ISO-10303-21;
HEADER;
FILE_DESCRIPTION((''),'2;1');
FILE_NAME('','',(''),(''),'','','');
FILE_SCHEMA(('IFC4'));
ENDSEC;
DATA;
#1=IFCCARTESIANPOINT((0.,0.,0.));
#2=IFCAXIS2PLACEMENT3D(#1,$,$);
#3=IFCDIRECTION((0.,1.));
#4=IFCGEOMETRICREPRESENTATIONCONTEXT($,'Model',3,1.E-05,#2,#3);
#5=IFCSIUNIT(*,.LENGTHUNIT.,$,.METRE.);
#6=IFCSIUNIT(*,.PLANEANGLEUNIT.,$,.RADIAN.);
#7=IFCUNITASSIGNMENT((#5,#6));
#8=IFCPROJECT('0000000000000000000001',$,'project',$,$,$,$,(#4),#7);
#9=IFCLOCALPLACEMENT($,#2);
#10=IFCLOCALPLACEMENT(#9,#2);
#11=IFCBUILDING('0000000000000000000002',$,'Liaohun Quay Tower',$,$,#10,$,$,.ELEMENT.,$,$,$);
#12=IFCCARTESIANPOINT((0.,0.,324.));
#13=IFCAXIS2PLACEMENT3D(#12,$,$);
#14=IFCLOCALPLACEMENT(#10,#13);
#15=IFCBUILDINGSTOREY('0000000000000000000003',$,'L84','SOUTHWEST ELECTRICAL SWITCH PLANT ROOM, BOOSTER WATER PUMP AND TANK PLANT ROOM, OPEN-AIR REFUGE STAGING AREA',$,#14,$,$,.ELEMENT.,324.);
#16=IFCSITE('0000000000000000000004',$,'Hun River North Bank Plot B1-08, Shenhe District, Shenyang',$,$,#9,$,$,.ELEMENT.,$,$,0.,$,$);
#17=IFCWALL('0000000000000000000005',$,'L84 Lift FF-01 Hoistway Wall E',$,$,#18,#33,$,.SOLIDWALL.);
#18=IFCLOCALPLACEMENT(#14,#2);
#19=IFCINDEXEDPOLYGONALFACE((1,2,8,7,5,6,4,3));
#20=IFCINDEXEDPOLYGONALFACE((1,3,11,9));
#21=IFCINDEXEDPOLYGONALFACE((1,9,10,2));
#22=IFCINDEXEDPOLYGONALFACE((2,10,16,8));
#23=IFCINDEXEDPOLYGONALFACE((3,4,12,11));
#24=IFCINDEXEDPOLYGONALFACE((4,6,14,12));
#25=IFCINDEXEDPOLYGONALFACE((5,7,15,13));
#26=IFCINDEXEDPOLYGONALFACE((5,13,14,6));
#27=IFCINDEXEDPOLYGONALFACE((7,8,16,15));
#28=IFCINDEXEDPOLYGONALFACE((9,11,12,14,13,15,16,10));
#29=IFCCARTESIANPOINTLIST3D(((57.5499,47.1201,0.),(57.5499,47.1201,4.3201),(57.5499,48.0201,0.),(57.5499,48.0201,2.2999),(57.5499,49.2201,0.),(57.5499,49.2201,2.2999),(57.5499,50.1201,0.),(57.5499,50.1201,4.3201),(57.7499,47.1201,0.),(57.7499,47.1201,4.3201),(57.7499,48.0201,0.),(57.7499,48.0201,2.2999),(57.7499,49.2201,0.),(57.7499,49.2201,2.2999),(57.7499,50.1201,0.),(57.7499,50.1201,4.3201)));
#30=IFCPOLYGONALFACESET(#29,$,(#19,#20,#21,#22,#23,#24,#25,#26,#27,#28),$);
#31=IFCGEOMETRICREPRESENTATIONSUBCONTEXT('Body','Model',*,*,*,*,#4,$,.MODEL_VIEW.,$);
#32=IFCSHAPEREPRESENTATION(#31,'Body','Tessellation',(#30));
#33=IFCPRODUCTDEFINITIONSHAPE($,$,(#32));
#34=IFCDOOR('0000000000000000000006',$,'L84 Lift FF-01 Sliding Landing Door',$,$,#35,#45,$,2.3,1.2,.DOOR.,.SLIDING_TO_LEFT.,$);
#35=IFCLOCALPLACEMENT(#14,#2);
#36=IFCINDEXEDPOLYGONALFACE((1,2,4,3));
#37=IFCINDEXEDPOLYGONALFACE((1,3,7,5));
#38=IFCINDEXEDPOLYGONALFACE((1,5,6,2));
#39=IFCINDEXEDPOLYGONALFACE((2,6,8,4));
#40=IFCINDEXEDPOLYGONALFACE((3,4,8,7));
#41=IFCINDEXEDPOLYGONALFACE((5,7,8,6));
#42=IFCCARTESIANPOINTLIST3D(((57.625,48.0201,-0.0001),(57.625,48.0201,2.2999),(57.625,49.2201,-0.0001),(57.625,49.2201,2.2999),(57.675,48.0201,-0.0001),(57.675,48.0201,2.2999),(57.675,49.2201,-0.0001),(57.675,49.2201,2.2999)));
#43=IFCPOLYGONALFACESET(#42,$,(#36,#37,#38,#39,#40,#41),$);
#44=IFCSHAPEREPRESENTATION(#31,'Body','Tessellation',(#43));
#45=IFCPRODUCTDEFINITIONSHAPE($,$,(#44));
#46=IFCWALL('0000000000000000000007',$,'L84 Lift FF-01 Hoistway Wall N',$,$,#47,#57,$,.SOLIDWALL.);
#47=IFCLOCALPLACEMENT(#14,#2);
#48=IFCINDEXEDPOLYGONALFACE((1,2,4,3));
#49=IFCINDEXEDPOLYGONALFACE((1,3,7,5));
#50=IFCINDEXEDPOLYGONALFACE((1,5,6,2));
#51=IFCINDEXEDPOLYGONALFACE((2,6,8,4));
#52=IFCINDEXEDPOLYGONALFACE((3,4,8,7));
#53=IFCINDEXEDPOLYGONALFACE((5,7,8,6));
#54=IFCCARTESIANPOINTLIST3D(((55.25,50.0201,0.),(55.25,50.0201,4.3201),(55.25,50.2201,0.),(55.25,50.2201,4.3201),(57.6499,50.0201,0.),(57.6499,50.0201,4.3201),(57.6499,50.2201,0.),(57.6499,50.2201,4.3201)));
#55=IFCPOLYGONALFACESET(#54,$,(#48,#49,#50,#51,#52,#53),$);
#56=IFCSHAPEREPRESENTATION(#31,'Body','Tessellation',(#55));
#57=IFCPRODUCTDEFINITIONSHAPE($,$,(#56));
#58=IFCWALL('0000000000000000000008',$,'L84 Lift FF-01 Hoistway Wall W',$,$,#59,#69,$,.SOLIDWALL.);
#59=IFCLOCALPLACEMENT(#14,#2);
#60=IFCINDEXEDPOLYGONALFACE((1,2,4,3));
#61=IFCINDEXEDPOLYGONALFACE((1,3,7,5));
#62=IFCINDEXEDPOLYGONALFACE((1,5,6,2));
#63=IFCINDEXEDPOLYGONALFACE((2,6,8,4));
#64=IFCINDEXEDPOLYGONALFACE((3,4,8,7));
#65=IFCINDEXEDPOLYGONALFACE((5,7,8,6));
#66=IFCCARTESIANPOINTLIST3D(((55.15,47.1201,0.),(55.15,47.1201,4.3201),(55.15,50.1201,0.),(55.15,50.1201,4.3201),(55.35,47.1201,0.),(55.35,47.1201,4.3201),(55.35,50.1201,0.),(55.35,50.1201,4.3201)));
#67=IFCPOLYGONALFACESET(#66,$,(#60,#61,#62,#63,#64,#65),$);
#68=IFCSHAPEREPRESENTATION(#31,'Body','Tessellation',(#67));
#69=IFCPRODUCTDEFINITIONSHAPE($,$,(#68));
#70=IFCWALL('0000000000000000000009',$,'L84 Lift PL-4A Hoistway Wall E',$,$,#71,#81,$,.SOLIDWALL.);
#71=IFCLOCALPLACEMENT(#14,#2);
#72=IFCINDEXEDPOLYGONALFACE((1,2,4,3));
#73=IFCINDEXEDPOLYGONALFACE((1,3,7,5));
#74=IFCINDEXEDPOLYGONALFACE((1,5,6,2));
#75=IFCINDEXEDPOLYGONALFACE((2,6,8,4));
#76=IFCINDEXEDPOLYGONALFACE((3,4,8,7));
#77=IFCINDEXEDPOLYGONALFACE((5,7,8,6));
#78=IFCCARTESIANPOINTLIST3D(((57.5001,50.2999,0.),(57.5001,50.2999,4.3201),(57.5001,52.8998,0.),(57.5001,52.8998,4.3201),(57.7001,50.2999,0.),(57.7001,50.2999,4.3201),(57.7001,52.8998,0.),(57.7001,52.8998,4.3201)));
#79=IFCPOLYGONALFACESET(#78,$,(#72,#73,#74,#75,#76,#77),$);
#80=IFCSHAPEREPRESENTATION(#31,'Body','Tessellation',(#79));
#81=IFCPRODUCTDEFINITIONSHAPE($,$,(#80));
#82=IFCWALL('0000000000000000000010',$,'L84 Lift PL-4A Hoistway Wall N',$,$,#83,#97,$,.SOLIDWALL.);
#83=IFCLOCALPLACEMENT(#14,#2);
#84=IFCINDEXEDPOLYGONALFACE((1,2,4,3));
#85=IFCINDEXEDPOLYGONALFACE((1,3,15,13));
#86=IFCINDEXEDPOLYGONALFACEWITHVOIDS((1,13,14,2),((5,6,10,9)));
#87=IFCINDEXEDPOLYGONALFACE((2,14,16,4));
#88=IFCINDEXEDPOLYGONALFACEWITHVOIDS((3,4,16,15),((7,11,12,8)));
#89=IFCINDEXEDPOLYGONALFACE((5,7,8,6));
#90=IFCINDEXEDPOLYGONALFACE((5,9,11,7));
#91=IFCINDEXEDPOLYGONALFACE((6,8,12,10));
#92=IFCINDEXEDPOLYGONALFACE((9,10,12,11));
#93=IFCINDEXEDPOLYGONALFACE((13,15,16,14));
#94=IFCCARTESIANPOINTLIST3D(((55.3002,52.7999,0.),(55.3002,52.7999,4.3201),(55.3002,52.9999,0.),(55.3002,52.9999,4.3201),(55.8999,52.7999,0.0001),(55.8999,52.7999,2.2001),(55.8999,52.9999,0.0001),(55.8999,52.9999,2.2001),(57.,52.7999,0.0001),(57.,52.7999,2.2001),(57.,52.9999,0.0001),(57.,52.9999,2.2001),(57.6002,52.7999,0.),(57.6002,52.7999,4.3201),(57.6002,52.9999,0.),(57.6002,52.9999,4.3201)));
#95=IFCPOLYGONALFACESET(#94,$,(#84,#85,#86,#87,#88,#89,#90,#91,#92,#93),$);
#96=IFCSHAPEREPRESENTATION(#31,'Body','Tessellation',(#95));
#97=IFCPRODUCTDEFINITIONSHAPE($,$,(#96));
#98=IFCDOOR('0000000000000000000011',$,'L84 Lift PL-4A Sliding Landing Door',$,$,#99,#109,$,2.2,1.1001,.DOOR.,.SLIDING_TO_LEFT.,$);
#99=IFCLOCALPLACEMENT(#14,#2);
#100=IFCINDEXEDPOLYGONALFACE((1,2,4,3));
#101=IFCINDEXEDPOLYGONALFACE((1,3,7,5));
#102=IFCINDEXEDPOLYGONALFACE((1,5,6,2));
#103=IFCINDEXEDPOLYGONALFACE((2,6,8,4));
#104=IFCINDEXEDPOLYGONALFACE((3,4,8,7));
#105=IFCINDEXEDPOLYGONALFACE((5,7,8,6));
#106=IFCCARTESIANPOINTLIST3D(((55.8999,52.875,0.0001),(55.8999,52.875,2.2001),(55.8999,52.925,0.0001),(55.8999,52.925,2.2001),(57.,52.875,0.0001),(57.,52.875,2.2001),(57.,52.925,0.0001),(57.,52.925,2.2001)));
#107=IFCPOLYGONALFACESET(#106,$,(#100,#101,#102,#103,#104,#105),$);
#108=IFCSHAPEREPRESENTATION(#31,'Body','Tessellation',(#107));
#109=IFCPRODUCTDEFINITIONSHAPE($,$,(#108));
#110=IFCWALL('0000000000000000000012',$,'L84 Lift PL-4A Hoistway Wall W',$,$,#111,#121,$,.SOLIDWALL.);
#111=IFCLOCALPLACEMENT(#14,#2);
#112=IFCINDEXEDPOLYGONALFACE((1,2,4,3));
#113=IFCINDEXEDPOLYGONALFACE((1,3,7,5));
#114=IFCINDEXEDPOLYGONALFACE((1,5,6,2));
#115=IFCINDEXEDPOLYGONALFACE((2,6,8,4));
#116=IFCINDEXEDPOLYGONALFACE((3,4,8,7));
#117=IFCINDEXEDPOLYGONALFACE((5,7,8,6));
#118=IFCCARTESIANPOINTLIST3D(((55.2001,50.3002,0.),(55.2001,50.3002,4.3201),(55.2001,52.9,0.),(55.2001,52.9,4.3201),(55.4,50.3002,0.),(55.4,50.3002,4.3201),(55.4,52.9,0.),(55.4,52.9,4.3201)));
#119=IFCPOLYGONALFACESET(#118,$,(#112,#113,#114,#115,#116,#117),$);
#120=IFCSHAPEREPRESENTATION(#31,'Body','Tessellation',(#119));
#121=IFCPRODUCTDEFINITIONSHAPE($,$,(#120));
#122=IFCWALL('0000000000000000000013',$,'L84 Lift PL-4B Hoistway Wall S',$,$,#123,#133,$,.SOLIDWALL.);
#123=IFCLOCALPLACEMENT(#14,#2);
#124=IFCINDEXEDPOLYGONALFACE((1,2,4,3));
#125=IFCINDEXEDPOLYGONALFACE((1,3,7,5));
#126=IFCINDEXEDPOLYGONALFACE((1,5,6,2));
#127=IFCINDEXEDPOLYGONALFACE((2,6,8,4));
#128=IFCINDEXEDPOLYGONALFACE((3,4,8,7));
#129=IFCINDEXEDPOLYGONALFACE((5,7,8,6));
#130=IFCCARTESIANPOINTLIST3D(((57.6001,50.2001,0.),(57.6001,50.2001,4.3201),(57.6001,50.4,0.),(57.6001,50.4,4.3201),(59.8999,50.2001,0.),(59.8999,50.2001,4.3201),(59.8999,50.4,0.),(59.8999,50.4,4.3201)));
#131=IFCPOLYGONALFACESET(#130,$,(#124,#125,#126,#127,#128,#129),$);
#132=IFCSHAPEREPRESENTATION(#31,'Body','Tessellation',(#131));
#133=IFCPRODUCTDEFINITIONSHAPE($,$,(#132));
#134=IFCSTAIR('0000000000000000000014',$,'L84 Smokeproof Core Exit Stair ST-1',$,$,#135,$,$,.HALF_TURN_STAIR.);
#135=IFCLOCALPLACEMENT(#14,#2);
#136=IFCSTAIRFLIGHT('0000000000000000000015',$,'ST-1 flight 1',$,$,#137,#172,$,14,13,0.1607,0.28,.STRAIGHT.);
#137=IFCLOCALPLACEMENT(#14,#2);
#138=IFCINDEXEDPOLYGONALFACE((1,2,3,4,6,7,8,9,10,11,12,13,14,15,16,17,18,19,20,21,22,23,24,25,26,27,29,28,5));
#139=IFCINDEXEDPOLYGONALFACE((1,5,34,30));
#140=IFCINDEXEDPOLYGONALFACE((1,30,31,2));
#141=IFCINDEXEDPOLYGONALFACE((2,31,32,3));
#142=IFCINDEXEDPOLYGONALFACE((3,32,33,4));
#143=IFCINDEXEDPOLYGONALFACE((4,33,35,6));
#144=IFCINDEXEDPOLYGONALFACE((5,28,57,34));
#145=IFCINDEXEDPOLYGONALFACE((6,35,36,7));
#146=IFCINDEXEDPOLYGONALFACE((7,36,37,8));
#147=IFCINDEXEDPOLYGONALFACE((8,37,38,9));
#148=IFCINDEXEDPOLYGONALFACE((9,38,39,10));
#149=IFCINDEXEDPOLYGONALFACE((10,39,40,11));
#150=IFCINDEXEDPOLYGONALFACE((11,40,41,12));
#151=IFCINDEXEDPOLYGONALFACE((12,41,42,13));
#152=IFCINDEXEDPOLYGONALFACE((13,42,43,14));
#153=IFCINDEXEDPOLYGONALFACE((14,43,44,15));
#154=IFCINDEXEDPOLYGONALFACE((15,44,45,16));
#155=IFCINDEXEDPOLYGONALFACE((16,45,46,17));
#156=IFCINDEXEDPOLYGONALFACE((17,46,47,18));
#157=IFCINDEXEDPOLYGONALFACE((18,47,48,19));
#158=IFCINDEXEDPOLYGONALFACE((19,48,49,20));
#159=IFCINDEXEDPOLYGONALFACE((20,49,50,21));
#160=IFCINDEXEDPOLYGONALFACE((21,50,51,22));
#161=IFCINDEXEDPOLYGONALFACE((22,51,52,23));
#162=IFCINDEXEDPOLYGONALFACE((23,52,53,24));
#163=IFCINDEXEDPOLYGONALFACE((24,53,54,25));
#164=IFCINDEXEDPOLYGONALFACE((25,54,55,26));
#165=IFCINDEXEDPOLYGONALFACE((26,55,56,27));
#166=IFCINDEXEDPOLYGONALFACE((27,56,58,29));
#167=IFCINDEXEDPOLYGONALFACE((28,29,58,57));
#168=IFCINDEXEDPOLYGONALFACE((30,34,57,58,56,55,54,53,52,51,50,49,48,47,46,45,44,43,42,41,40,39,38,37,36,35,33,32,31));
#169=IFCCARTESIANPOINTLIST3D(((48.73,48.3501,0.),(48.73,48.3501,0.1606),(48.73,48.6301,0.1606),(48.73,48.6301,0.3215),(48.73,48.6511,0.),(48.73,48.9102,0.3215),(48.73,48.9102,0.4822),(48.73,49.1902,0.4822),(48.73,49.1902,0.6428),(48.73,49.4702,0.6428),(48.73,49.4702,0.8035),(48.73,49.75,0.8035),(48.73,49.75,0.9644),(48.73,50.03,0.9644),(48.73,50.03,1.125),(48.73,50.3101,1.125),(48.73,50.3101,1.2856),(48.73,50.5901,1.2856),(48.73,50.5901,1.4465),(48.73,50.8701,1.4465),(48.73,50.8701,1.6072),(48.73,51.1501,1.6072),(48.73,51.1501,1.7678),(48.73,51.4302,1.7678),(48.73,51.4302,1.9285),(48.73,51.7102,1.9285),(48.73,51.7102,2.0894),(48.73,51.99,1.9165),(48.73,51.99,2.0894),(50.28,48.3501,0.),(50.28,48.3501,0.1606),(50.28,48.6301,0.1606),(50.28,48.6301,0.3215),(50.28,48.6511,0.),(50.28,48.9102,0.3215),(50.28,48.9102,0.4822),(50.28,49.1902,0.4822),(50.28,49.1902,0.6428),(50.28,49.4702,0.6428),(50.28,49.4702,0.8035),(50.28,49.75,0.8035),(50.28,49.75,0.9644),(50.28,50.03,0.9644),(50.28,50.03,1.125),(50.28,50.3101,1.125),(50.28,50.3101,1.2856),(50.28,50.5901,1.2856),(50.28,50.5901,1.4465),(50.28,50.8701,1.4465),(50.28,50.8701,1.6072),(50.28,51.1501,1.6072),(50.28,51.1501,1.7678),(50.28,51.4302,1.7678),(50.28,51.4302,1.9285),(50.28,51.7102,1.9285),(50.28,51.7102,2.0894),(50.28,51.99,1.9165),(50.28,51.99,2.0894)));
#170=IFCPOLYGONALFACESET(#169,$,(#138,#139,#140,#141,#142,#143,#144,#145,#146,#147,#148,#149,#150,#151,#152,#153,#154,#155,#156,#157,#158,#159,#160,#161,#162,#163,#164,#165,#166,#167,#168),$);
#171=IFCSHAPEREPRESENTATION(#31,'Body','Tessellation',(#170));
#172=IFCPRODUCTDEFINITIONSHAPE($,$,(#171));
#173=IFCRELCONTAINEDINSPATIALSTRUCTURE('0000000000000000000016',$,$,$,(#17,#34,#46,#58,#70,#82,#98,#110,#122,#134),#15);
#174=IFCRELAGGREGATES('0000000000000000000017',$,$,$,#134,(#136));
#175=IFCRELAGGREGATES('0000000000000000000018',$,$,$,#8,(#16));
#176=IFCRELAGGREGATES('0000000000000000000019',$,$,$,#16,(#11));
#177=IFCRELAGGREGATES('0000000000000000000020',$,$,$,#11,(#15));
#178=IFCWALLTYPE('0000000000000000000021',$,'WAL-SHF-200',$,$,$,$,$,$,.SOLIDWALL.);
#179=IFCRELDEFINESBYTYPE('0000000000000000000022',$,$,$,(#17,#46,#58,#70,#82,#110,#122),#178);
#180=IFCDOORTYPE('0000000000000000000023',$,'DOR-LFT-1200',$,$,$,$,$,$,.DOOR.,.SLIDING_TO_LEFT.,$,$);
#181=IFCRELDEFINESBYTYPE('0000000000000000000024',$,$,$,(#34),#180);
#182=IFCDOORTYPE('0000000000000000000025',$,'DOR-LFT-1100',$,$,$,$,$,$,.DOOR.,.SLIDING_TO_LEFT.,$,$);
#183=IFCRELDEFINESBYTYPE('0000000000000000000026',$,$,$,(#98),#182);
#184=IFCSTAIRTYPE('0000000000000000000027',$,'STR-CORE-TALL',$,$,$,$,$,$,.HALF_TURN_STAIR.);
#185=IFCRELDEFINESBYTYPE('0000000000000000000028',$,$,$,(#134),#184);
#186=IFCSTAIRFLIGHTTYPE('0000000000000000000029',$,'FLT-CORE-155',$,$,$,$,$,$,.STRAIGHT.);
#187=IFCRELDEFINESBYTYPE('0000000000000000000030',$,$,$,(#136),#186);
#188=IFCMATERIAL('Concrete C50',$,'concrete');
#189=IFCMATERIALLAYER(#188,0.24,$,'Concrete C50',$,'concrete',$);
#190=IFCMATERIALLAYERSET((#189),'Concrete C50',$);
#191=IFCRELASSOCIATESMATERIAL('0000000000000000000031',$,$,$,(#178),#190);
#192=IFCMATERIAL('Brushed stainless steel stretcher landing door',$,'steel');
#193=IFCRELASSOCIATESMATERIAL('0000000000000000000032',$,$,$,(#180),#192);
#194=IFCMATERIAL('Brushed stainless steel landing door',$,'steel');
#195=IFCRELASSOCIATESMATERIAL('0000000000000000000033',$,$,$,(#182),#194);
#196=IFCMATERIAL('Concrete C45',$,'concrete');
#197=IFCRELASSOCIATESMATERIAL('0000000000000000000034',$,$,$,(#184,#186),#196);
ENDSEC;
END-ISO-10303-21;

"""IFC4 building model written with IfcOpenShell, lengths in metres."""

from ifc_helpers import new_model, si_unit, direction, frame, frame_2d, origin, place, context, subcontext, project, spatial, polyline, rectangle, outline, extrude, source, transform, mapped, material, layer, layer_set, type_object, element, fill, aggregate, save


model = new_model("IFC4")

# Units and contexts
model_context = context("Model", 3, precision=1e-05, world=origin(), true_north=direction((0.0, 1.0)))
body_context = subcontext(model_context, "Body", "Model", "MODEL_VIEW")
ifc_project = project(units=[si_unit("LENGTHUNIT", "METRE"), si_unit("PLANEANGLEUNIT", "RADIAN")], contexts=[model_context])

# Site, building, storey
site_placement = place(None, origin())
site = spatial("IfcSite", under=ifc_project, at=site_placement, Name="Hun River North Bank Plot B1-08, Shenhe District, Shenyang", CompositionType="ELEMENT", RefElevation=0.0)
building_placement = place(site_placement, origin())
building = spatial("IfcBuilding", under=site, at=building_placement, Name="Liaohun Quay Tower", CompositionType="ELEMENT")
storey_placement = place(building_placement, frame((0.0, 0.0, 324.0)))
storey = spatial("IfcBuildingStorey", under=building, at=storey_placement, Name="L84", Description="SOUTHWEST ELECTRICAL SWITCH PLANT ROOM, BOOSTER WATER PUMP AND TANK PLANT ROOM, OPEN-AIR REFUGE STAGING AREA", CompositionType="ELEMENT", Elevation=324.0)

# Shared definitions
ifc_material_1 = material(Name="Concrete C50", Category="concrete")

# Shared definitions
ifc_layer_1 = layer(ifc_material_1, 0.24, Name="Concrete C50", Category="concrete")
ifc_layer_set_1 = layer_set([ifc_layer_1], Name="Concrete C50")
wall_type_1 = type_object("IfcWallType", Name="WAL-SHF-200", PredefinedType="SOLIDWALL", material=ifc_layer_set_1)

# Wall, opening, door
wall_1_placement = place(storey_placement, frame((57.6499, 47.1201, 0.0), z_axis=(0.0, 0.0, 1.0), x_axis=(0.0, 1.0, 0.0)))
wall_1 = element("IfcWall", 1, at=wall_1_placement, inside=storey, type_object=wall_type_1, Name="L84 Lift FF-01 Hoistway Wall E", PredefinedType="SOLIDWALL", context=body_context, shape_type="SweptSolid", body=[
    extrude(rectangle(XDim=3.0, YDim=0.2, at=frame_2d((1.5, 0.0))), origin(), (0.0, 0.0, 1.0), 4.3201),
])
shared_shape_1 = source(origin(), body_context, "Body", "SweptSolid", [
    extrude(rectangle(XDim=1.2, YDim=2.3, at=frame_2d((0.6001, 1.1499))), frame((0.0, 0.1099, 0.0), z_axis=(0.0, -1.0, 0.0), x_axis=(1.0, 0.0, 0.0)), (0.0, 0.0, 1.0), 0.22),
])
opening_1_placement = place(wall_1_placement, frame((0.8999, 0.0, 0.0)))
opening_1 = element("IfcOpeningElement", 2, at=opening_1_placement, cuts=wall_1, PredefinedType="OPENING", context=body_context, shape_type="MappedRepresentation", body=[
    mapped(shared_shape_1, transform((0.0, 0.0, 0.0), x_axis=(1.0, 0.0, 0.0), y_axis=(0.0, 1.0, 0.0), z_axis=(0.0, 0.0, 1.0), scale=1.0)),
])
ifc_material_2 = material(Name="Brushed stainless steel stretcher landing door", Category="steel")
door_type_1 = type_object("IfcDoorType", Name="DOR-LFT-1200", OperationType="SLIDING_TO_LEFT", PredefinedType="DOOR", material=ifc_material_2)
shared_shape_2 = source(origin(), body_context, "Body", "SweptSolid", [
    extrude(rectangle(XDim=1.2, YDim=2.3, at=frame_2d((0.6001, 1.1499))), frame((0.0, 0.0249, 0.0), z_axis=(0.0, -1.0, 0.0), x_axis=(1.0, 0.0, 0.0)), (0.0, 0.0, 1.0), 0.05),
])
door_1_placement = place(opening_1_placement, origin())
door_1 = element("IfcDoor", 3, at=door_1_placement, inside=storey, type_object=door_type_1, Name="L84 Lift FF-01 Sliding Landing Door", OperationType="SLIDING_TO_LEFT", OverallHeight=2.3, OverallWidth=1.2, PredefinedType="DOOR", context=body_context, shape_type="MappedRepresentation", body=[
    mapped(shared_shape_2, transform((0.0, 0.0, 0.0), x_axis=(1.0, 0.0, 0.0), y_axis=(0.0, 1.0, 0.0), z_axis=(0.0, 0.0, 1.0), scale=1.0)),
])
fill(opening_1, door_1)

# Walls
wall_2_placement = place(storey_placement, frame((57.6499, 50.1201, 0.0), z_axis=(0.0, 0.0, 1.0), x_axis=(-1.0, 0.0, 0.0)))
element("IfcWall", 4, at=wall_2_placement, inside=storey, type_object=wall_type_1, Name="L84 Lift FF-01 Hoistway Wall N", PredefinedType="SOLIDWALL", context=body_context, shape_type="SweptSolid", body=[
    extrude(rectangle(XDim=2.3999, YDim=0.2, at=frame_2d((1.2, 0.0))), origin(), (0.0, 0.0, 1.0), 4.3201),
])
wall_3_placement = place(storey_placement, frame((55.25, 50.1201, 0.0), z_axis=(0.0, 0.0, 1.0), x_axis=(0.0, -1.0, 0.0)))
element("IfcWall", 5, at=wall_3_placement, inside=storey, type_object=wall_type_1, Name="L84 Lift FF-01 Hoistway Wall W", PredefinedType="SOLIDWALL", context=body_context, shape_type="SweptSolid", body=[
    extrude(rectangle(XDim=3.0, YDim=0.2, at=frame_2d((1.5, 0.0))), origin(), (0.0, 0.0, 1.0), 4.3201),
])
wall_4_placement = place(storey_placement, frame((57.6001, 50.3, 0.0), z_axis=(0.0, 0.0, 1.0), x_axis=(0.0, 1.0, 0.0)))
element("IfcWall", 6, at=wall_4_placement, inside=storey, type_object=wall_type_1, Name="L84 Lift PL-4A Hoistway Wall E", PredefinedType="SOLIDWALL", context=body_context, shape_type="SweptSolid", body=[
    extrude(rectangle(XDim=2.5999, YDim=0.2, at=frame_2d((1.2998, 0.0))), origin(), (0.0, 0.0, 1.0), 4.3201),
])

# Wall, opening, door
wall_5_placement = place(storey_placement, frame((57.6001, 52.8999, 0.0), z_axis=(0.0, 0.0, 1.0), x_axis=(-1.0, 0.0, 0.0)))
wall_5 = element("IfcWall", 7, at=wall_5_placement, inside=storey, type_object=wall_type_1, Name="L84 Lift PL-4A Hoistway Wall N", PredefinedType="SOLIDWALL", context=body_context, shape_type="SweptSolid", body=[
    extrude(rectangle(XDim=2.3, YDim=0.2, at=frame_2d((1.1499, 0.0))), origin(), (0.0, 0.0, 1.0), 4.3201),
])
shared_shape_3 = source(origin(), body_context, "Body", "SweptSolid", [
    extrude(rectangle(XDim=1.1001, YDim=2.2, at=frame_2d((0.55, 1.1001))), frame((0.0, 0.1099, 0.0), z_axis=(0.0, -1.0, 0.0), x_axis=(1.0, 0.0, 0.0)), (0.0, 0.0, 1.0), 0.22),
])
opening_2_placement = place(wall_5_placement, frame((0.6001, 0.0, 0.0)))
opening_2 = element("IfcOpeningElement", 8, at=opening_2_placement, cuts=wall_5, PredefinedType="OPENING", context=body_context, shape_type="MappedRepresentation", body=[
    mapped(shared_shape_3, transform((0.0, 0.0, 0.0), x_axis=(1.0, 0.0, 0.0), y_axis=(0.0, 1.0, 0.0), z_axis=(0.0, 0.0, 1.0), scale=1.0)),
])
ifc_material_3 = material(Name="Brushed stainless steel landing door", Category="steel")
door_type_2 = type_object("IfcDoorType", Name="DOR-LFT-1100", OperationType="SLIDING_TO_LEFT", PredefinedType="DOOR", material=ifc_material_3)
shared_shape_4 = source(origin(), body_context, "Body", "SweptSolid", [
    extrude(rectangle(XDim=1.1001, YDim=2.2, at=frame_2d((0.55, 1.1001))), frame((0.0, 0.0249, 0.0), z_axis=(0.0, -1.0, 0.0), x_axis=(1.0, 0.0, 0.0)), (0.0, 0.0, 1.0), 0.05),
])
door_2_placement = place(opening_2_placement, origin())
door_2 = element("IfcDoor", 9, at=door_2_placement, inside=storey, type_object=door_type_2, Name="L84 Lift PL-4A Sliding Landing Door", OperationType="SLIDING_TO_LEFT", OverallHeight=2.2, OverallWidth=1.1001, PredefinedType="DOOR", context=body_context, shape_type="MappedRepresentation", body=[
    mapped(shared_shape_4, transform((0.0, 0.0, 0.0), x_axis=(1.0, 0.0, 0.0), y_axis=(0.0, 1.0, 0.0), z_axis=(0.0, 0.0, 1.0), scale=1.0)),
])
fill(opening_2, door_2)

# Walls
wall_6_placement = place(storey_placement, frame((55.3, 52.8999, 0.0), z_axis=(0.0, 0.0, 1.0), x_axis=(0.0, -1.0, 0.0)))
element("IfcWall", 10, at=wall_6_placement, inside=storey, type_object=wall_type_1, Name="L84 Lift PL-4A Hoistway Wall W", PredefinedType="SOLIDWALL", context=body_context, shape_type="SweptSolid", body=[
    extrude(rectangle(XDim=2.5999, YDim=0.2, at=frame_2d((1.2998, 0.0))), origin(), (0.0, 0.0, 1.0), 4.3201),
])
wall_7_placement = place(storey_placement, frame((57.6001, 50.3, 0.0), z_axis=(0.0, 0.0, 1.0), x_axis=(1.0, 0.0, 0.0)))
element("IfcWall", 11, at=wall_7_placement, inside=storey, type_object=wall_type_1, Name="L84 Lift PL-4B Hoistway Wall S", PredefinedType="SOLIDWALL", context=body_context, shape_type="SweptSolid", body=[
    extrude(rectangle(XDim=2.2998, YDim=0.2, at=frame_2d((1.1499, 0.0))), origin(), (0.0, 0.0, 1.0), 4.3201),
])

# Stair, stair flight
ifc_material_4 = material(Name="Concrete C45", Category="concrete")
stair_type = type_object("IfcStairType", Name="STR-CORE-TALL", PredefinedType="HALF_TURN_STAIR", material=ifc_material_4)
stair_placement = place(storey_placement, origin())
stair = element("IfcStair", 12, at=stair_placement, inside=storey, type_object=stair_type, Name="L84 Smokeproof Core Exit Stair ST-1", PredefinedType="HALF_TURN_STAIR")
stair_flight_type = type_object("IfcStairFlightType", Name="FLT-CORE-155", PredefinedType="STRAIGHT", material=ifc_material_4)
stair_flight_placement = place(storey_placement, frame((49.5049, 48.3501, 0.0), z_axis=(0.0, 0.0, 1.0), x_axis=(0.0, 1.0, 0.0)))
stair_flight = element("IfcStairFlight", 13, at=stair_flight_placement, type_object=stair_flight_type, Name="ST-1 flight 1", NumberOfRisers=14, NumberOfTreads=13, PredefinedType="STRAIGHT", RiserHeight=0.1607, TreadLength=0.28, context=body_context, shape_type="SweptSolid", body=[
    extrude(outline(polyline([(0.0, 0.0), (0.0, 0.1606), (0.28, 0.1606), (0.28, 0.3215), (0.5601, 0.3215), (0.5601, 0.4822), (0.8401, 0.4822), (0.8401, 0.6428), (1.1201, 0.6428), (1.1201, 0.8035), (1.3999, 0.8035), (1.3999, 0.9644), (1.6799, 0.9644), (1.6799, 1.125), (1.96, 1.125), (1.96, 1.2856), (2.24, 1.2856), (2.24, 1.4465), (2.52, 1.4465), (2.52, 1.6072), (2.8, 1.6072), (2.8, 1.7678), (3.0801, 1.7678), (3.0801, 1.9285), (3.3601, 1.9285), (3.3601, 2.0894), (3.6399, 2.0894), (3.6399, 2.25), (3.6399, 1.9165), (0.301, 0.0), (0.0, 0.0)])), frame((0.0, 0.7749, 0.0), z_axis=(0.0, -1.0, 0.0), x_axis=(1.0, 0.0, 0.0)), (0.0, 0.0, 1.0), 1.55),
])
aggregate(stair, [stair_flight])

save(model, "model.ifc")
